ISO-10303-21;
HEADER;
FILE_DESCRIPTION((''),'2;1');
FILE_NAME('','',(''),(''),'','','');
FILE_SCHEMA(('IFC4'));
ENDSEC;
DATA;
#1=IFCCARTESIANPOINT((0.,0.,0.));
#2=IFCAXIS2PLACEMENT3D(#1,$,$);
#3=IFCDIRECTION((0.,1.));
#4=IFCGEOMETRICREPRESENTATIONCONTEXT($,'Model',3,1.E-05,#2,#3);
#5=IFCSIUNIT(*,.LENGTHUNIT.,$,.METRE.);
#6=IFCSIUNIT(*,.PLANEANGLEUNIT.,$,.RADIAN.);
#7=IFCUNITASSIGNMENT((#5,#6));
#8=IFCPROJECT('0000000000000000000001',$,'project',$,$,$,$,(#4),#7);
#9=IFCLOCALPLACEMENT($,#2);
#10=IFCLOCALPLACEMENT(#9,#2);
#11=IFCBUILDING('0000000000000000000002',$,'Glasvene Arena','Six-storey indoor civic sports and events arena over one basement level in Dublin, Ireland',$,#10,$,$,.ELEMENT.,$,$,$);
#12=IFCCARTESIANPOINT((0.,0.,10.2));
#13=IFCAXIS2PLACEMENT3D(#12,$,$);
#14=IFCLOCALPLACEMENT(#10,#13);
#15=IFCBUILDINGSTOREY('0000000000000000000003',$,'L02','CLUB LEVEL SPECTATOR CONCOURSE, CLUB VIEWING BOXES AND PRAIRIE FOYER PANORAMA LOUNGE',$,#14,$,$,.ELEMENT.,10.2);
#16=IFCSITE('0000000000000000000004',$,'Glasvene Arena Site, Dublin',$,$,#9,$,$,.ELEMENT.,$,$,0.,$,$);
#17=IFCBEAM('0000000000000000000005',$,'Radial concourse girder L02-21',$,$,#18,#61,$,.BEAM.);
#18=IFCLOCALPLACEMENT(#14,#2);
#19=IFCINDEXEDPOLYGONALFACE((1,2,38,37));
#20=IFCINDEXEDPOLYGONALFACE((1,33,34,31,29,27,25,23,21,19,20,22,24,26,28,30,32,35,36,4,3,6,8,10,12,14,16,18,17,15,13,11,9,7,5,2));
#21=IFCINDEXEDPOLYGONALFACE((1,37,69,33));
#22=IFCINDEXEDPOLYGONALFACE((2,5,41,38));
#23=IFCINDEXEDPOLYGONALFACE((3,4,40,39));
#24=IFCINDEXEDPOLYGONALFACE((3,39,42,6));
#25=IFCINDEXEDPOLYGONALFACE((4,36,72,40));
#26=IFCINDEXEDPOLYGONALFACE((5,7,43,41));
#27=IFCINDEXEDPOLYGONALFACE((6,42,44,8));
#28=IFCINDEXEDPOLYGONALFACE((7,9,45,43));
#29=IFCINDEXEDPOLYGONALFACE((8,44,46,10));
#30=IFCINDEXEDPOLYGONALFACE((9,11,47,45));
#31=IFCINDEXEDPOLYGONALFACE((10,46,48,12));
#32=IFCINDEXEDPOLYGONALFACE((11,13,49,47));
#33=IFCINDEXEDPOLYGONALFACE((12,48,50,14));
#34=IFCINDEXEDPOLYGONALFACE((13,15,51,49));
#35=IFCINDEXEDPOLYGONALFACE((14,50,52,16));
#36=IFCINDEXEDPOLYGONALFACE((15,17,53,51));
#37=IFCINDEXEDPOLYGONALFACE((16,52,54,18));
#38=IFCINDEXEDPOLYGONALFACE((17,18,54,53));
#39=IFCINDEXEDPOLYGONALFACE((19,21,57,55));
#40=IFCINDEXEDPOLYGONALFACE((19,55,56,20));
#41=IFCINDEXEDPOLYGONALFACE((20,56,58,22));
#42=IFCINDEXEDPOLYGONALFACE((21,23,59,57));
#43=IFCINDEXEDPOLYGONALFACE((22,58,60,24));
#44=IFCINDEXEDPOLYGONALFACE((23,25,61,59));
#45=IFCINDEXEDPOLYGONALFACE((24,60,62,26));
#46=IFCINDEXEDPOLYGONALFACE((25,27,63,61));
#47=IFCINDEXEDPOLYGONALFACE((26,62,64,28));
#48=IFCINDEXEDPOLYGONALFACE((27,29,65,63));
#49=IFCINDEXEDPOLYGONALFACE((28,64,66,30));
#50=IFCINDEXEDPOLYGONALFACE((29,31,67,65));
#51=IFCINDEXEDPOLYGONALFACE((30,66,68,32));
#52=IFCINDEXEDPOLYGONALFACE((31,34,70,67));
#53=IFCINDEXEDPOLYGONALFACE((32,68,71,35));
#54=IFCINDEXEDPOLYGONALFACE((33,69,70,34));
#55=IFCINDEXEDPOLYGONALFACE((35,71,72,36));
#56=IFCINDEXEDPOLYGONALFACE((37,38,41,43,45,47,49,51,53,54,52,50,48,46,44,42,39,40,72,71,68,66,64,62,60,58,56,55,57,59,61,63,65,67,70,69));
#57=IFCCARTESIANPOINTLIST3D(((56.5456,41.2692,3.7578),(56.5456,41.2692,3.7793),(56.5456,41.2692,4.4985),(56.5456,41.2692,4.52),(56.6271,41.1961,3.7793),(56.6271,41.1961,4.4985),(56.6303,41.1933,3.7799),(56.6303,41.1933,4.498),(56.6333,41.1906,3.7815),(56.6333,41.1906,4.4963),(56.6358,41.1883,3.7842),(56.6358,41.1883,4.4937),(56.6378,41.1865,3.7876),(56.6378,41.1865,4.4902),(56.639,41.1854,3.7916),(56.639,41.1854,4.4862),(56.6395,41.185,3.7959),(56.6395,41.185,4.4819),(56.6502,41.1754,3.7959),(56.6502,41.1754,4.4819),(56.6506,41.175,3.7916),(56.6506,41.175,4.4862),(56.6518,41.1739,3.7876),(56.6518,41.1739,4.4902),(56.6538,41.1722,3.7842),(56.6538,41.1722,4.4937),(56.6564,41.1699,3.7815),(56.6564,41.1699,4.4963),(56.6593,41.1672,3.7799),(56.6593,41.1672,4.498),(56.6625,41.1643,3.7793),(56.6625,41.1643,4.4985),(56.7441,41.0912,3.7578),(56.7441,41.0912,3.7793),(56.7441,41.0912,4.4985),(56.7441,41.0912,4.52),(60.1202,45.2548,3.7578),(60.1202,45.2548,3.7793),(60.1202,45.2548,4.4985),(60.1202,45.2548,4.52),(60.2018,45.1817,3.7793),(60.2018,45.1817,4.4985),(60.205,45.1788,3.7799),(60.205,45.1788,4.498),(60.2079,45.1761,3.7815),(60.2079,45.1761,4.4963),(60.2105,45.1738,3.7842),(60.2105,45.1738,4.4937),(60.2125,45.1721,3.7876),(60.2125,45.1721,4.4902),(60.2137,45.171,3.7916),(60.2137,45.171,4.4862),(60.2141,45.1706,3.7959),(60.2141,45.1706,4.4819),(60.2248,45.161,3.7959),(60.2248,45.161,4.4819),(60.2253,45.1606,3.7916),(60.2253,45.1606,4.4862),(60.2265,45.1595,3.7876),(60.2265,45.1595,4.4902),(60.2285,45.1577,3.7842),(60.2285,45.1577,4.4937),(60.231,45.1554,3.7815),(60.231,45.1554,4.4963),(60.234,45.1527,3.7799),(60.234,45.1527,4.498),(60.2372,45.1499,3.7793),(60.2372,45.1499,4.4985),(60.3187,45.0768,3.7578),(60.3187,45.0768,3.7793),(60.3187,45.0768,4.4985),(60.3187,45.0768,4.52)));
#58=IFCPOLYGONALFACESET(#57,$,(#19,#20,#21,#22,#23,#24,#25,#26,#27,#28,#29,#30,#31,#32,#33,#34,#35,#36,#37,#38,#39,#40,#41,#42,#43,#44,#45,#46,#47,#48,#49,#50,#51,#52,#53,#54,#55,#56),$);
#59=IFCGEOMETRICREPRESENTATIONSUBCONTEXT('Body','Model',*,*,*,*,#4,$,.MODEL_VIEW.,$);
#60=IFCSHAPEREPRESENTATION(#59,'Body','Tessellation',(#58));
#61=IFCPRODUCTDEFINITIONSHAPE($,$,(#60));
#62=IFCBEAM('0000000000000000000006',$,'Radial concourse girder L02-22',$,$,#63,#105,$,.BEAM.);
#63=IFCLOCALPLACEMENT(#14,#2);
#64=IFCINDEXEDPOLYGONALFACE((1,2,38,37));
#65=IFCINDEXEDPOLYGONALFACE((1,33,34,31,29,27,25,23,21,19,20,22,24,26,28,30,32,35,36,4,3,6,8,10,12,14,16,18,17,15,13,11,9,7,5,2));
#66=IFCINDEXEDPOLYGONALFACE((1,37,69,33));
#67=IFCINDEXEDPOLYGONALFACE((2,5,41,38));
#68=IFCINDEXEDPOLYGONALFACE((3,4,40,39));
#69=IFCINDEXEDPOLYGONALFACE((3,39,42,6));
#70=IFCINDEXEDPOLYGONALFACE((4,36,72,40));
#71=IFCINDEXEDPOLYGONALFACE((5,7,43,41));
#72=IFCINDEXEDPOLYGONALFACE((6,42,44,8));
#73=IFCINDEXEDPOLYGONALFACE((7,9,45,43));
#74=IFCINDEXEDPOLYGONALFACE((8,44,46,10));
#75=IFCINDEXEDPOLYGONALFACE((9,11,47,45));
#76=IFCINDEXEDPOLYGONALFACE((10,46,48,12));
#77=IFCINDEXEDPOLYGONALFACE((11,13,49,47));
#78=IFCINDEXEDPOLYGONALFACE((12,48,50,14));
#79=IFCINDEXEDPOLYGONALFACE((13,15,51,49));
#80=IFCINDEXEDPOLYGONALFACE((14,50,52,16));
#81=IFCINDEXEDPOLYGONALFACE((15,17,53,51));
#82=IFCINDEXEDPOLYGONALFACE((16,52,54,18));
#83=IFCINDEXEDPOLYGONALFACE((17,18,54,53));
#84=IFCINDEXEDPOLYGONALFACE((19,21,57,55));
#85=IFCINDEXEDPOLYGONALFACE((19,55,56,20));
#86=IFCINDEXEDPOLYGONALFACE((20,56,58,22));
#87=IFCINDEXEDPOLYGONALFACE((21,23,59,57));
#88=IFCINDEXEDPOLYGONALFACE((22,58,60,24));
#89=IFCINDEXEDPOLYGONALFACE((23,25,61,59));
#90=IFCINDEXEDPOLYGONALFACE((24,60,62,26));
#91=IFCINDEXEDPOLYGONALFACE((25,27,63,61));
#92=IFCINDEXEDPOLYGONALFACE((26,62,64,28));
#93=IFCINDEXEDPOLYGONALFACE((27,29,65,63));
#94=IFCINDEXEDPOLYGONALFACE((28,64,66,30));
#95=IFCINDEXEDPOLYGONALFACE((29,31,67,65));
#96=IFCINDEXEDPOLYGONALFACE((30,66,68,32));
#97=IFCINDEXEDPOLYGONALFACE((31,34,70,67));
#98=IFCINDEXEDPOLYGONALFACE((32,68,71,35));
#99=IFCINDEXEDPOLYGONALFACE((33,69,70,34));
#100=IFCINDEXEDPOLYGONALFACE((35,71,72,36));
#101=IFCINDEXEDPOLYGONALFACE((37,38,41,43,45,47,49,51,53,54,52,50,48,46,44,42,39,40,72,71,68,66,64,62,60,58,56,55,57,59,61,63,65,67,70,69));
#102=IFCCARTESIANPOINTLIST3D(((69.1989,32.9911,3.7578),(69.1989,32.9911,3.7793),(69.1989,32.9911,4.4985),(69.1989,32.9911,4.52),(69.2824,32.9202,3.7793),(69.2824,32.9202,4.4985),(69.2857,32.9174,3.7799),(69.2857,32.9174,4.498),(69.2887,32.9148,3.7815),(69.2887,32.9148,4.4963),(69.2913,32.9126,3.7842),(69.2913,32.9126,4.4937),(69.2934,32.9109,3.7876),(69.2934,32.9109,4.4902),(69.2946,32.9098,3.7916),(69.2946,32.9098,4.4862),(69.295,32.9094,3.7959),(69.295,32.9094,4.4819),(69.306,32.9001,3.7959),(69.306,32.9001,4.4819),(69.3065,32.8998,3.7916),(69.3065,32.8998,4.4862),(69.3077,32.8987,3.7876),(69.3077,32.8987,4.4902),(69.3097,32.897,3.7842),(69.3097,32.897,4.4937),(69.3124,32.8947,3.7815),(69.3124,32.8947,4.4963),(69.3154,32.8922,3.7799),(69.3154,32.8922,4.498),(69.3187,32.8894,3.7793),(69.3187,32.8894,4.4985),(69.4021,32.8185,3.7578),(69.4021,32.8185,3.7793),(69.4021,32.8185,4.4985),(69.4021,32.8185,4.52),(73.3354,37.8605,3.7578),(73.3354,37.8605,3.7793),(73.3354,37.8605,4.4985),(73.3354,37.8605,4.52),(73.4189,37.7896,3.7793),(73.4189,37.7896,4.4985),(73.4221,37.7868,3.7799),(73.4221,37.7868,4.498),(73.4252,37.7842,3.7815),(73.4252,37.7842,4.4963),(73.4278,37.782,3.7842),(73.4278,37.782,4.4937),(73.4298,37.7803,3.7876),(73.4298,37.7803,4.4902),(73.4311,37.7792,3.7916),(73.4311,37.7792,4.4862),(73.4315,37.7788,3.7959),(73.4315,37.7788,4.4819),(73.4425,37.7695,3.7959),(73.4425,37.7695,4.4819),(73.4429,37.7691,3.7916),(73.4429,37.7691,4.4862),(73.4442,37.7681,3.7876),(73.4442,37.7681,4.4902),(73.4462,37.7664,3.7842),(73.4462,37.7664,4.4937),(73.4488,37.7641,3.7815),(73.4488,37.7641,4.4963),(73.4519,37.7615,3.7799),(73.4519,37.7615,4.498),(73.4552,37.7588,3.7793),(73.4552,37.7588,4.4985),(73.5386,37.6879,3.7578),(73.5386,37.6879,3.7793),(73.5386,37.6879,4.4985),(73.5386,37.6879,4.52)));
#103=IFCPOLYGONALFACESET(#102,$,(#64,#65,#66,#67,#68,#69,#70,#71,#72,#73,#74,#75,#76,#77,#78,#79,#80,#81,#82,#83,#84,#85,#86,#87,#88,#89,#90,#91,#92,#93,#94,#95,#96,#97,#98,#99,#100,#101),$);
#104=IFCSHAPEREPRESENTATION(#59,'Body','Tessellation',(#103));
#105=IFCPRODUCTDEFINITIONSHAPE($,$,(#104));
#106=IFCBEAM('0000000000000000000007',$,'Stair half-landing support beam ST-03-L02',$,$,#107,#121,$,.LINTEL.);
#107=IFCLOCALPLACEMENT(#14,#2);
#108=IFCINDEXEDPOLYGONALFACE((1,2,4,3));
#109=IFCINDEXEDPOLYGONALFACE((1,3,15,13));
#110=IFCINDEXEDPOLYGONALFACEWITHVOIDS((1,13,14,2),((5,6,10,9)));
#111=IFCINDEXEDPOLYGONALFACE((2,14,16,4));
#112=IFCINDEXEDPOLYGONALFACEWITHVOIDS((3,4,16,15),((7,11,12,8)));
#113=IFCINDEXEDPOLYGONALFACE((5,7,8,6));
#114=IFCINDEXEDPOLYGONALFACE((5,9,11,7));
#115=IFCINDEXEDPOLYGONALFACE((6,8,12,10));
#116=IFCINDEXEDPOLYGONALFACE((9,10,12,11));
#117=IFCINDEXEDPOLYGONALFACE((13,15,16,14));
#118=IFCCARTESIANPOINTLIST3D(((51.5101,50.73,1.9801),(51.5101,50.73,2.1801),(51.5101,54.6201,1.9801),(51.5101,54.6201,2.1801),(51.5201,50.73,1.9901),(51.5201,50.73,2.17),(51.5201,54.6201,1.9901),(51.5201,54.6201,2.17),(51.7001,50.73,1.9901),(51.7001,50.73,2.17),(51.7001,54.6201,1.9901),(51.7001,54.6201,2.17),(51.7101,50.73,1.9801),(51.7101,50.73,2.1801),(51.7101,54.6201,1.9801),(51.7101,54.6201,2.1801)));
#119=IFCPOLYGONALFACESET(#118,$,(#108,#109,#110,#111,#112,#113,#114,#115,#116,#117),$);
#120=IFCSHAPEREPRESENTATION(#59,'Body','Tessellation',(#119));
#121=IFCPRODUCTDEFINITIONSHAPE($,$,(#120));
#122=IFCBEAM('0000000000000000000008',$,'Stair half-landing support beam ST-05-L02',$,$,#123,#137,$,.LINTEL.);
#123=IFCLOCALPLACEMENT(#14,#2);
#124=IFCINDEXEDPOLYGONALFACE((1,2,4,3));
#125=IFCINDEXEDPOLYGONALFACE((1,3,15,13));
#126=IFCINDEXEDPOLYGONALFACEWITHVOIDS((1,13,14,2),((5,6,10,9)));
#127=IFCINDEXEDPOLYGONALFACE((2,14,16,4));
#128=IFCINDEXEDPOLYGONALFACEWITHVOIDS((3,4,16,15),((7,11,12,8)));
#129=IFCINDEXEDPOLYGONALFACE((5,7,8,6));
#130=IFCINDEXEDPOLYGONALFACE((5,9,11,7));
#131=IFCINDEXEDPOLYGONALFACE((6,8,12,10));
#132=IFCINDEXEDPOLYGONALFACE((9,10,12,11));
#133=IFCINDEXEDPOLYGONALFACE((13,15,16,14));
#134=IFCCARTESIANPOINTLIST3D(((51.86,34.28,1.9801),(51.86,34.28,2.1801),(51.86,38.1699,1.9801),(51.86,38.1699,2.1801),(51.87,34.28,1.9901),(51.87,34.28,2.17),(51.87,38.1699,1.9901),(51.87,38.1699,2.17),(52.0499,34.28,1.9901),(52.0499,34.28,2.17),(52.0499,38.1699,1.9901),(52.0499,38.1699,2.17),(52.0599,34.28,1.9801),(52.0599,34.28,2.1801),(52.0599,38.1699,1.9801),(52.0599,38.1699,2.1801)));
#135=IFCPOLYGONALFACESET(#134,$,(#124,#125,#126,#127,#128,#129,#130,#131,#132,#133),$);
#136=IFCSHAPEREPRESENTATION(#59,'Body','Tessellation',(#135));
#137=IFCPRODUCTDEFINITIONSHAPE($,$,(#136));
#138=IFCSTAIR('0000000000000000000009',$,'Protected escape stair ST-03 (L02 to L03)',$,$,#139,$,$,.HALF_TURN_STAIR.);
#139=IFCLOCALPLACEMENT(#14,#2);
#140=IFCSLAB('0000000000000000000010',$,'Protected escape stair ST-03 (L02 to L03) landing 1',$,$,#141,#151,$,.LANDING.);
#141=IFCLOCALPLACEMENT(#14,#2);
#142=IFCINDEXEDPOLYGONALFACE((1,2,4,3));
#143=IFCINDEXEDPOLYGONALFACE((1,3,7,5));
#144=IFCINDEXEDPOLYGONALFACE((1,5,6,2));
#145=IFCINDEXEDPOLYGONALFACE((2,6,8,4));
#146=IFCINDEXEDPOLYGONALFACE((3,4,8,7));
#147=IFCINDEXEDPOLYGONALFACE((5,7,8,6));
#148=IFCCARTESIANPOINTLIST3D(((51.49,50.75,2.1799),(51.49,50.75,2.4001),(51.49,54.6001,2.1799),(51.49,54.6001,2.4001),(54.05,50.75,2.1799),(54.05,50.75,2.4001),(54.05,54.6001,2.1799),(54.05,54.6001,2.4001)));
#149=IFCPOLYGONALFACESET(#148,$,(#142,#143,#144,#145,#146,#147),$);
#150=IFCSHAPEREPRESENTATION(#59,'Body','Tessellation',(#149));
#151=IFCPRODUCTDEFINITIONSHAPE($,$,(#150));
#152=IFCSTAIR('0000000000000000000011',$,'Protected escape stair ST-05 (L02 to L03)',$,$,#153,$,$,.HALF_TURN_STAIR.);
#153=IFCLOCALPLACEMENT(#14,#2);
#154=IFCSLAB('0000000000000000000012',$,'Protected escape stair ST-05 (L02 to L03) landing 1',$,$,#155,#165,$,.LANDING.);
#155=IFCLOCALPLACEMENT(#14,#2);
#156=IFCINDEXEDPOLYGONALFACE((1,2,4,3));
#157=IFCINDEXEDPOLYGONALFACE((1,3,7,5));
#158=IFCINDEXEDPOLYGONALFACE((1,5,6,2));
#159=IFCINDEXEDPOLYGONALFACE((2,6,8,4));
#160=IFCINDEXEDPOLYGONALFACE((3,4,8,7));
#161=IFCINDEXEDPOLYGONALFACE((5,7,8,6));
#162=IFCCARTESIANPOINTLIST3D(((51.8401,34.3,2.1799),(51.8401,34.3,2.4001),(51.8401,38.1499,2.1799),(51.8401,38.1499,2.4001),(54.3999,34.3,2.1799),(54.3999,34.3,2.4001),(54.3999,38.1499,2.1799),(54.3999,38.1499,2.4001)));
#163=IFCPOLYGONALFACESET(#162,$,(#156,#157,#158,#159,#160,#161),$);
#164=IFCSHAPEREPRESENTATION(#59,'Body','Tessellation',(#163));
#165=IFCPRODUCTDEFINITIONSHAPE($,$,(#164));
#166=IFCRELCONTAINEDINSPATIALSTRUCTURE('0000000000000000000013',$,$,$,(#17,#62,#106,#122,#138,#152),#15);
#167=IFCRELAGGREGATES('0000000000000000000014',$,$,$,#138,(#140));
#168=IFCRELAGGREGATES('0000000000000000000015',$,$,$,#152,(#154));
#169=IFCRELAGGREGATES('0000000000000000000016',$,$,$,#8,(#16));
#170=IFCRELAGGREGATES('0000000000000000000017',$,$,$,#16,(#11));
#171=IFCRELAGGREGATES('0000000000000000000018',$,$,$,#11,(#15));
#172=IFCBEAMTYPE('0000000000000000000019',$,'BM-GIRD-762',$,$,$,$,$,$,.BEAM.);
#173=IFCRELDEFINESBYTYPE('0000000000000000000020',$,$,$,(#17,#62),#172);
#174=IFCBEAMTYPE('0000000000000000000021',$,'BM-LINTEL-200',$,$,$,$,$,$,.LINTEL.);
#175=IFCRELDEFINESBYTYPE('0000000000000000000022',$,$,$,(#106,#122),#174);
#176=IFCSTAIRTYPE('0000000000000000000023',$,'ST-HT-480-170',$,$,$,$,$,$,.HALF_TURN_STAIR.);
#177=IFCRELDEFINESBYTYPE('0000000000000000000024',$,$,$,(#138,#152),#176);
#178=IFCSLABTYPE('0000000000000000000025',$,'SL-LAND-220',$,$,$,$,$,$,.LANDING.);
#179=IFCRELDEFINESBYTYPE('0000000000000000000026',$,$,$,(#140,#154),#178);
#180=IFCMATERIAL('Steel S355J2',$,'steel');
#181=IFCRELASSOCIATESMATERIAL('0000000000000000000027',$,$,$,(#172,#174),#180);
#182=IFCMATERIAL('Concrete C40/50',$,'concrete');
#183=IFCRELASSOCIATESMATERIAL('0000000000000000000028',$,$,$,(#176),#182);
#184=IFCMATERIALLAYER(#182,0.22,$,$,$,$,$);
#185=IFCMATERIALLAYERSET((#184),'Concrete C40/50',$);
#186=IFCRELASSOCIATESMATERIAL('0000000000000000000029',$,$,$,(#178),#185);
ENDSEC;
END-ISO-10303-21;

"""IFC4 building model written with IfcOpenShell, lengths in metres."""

from ifc_helpers import new_model, si_unit, direction, frame, origin, origin_2d, place, context, subcontext, project, spatial, polyline, hollow_rectangle, i_section, outline, extrude, material, layer, layer_set, material_profile, profile_set, type_object, element, aggregate, save


model = new_model("IFC4")

# Units and contexts
model_context = context("Model", 3, precision=1e-05, world=origin(), true_north=direction((0.0, 1.0)))
body_context = subcontext(model_context, "Body", "Model", "MODEL_VIEW")
ifc_project = project(units=[si_unit("LENGTHUNIT", "METRE"), si_unit("PLANEANGLEUNIT", "RADIAN")], contexts=[model_context])

# Site, building, storey
site_placement = place(None, origin())
site = spatial("IfcSite", under=ifc_project, at=site_placement, Name="Glasvene Arena Site, Dublin", CompositionType="ELEMENT", RefElevation=0.0)
building_placement = place(site_placement, origin())
building = spatial("IfcBuilding", under=site, at=building_placement, Name="Glasvene Arena", Description="Six-storey indoor civic sports and events arena over one basement level in Dublin, Ireland", CompositionType="ELEMENT")
storey_placement = place(building_placement, frame((0.0, 0.0, 10.2)))
storey = spatial("IfcBuildingStorey", under=building, at=storey_placement, Name="L02", Description="CLUB LEVEL SPECTATOR CONCOURSE, CLUB VIEWING BOXES AND PRAIRIE FOYER PANORAMA LOUNGE", CompositionType="ELEMENT", Elevation=10.2)

# Shared definitions
ifc_material_1 = material(Name="Concrete C40/50", Category="concrete")
ifc_material_2 = material(Name="Steel S355J2", Category="steel")

# Beams
ifc_material_profile_1 = material_profile(ifc_material_2, i_section(OverallWidth=0.2666, OverallDepth=0.7622, WebThickness=0.0144, FlangeThickness=0.0215, FilletRadius=0.0166, at=origin_2d()), Name="UKB 762x267x173")
ifc_profile_set_1 = profile_set([ifc_material_profile_1], Name="Steel S355J2")
beam_type_1 = type_object("IfcBeamType", Name="BM-GIRD-762", PredefinedType="BEAM", material=ifc_profile_set_1)
beam_1_placement = place(storey_placement, frame((60.2195, 45.1658, 4.1389), z_axis=(-0.667691, -0.744438, 0.0), x_axis=(0.744438, -0.667691, 0.0)))
element("IfcBeam", 1, at=beam_1_placement, inside=storey, type_object=beam_type_1, Name="Radial concourse girder L02-21", PredefinedType="BEAM", context=body_context, shape_type="SweptSolid", body=[
    extrude(i_section(OverallWidth=0.2666, OverallDepth=0.7622, WebThickness=0.0144, FlangeThickness=0.0215, FilletRadius=0.0166, at=origin_2d()), origin(), (0.0, 0.0, 1.0), 5.3538),
])
beam_2_placement = place(storey_placement, frame((73.437, 37.7742, 4.1389), z_axis=(-0.647421, -0.762133, 0.0), x_axis=(0.762133, -0.647421, 0.0)))
element("IfcBeam", 2, at=beam_2_placement, inside=storey, type_object=beam_type_1, Name="Radial concourse girder L02-22", PredefinedType="BEAM", context=body_context, shape_type="SweptSolid", body=[
    extrude(i_section(OverallWidth=0.2666, OverallDepth=0.7622, WebThickness=0.0144, FlangeThickness=0.0215, FilletRadius=0.0166, at=origin_2d()), origin(), (0.0, 0.0, 1.0), 6.3892),
])
ifc_material_profile_2 = material_profile(ifc_material_2, hollow_rectangle(XDim=0.2, YDim=0.2, WallThickness=0.01, at=origin_2d()), Name="SHS 200x200x10.0")
ifc_profile_set_2 = profile_set([ifc_material_profile_2], Name="Steel S355J2")
beam_type_2 = type_object("IfcBeamType", Name="BM-LINTEL-200", PredefinedType="LINTEL", material=ifc_profile_set_2)
beam_3_placement = place(storey_placement, frame((51.6101, 50.73, 2.0801), z_axis=(0.0, 1.0, 0.0), x_axis=(-1.0, 0.0, 0.0)))
element("IfcBeam", 3, at=beam_3_placement, inside=storey, type_object=beam_type_2, Name="Stair half-landing support beam ST-03-L02", PredefinedType="LINTEL", context=body_context, shape_type="SweptSolid", body=[
    extrude(hollow_rectangle(XDim=0.2, YDim=0.2, WallThickness=0.01, at=origin_2d()), origin(), (0.0, 0.0, 1.0), 3.8901),
])
beam_4_placement = place(storey_placement, frame((51.96, 34.28, 2.0801), z_axis=(0.0, 1.0, 0.0), x_axis=(-1.0, 0.0, 0.0)))
element("IfcBeam", 4, at=beam_4_placement, inside=storey, type_object=beam_type_2, Name="Stair half-landing support beam ST-05-L02", PredefinedType="LINTEL", context=body_context, shape_type="SweptSolid", body=[
    extrude(hollow_rectangle(XDim=0.2, YDim=0.2, WallThickness=0.01, at=origin_2d()), origin(), (0.0, 0.0, 1.0), 3.8899),
])

# Stairs, slabs
stair_type = type_object("IfcStairType", Name="ST-HT-480-170", PredefinedType="HALF_TURN_STAIR", material=ifc_material_1)
stair_1_placement = place(storey_placement, origin())
stair_1 = element("IfcStair", 5, at=stair_1_placement, inside=storey, type_object=stair_type, Name="Protected escape stair ST-03 (L02 to L03)", PredefinedType="HALF_TURN_STAIR")
ifc_layer_1 = layer(ifc_material_1, 0.22)
ifc_layer_set_1 = layer_set([ifc_layer_1], Name="Concrete C40/50")
slab_type_1 = type_object("IfcSlabType", Name="SL-LAND-220", PredefinedType="LANDING", material=ifc_layer_set_1)
slab_1_placement = place(storey_placement, frame((52.77, 52.675, 2.1799)))
slab_1 = element("IfcSlab", 6, at=slab_1_placement, type_object=slab_type_1, Name="Protected escape stair ST-03 (L02 to L03) landing 1", PredefinedType="LANDING", context=body_context, shape_type="SweptSolid", body=[
    extrude(outline(polyline([(-1.28, -1.925), (1.28, -1.925), (1.28, 1.925), (-1.28, 1.925), (-1.28, -1.925)])), origin(), (0.0, 0.0, 1.0), 0.2202),
])
stair_2_placement = place(storey_placement, origin())
stair_2 = element("IfcStair", 7, at=stair_2_placement, inside=storey, type_object=stair_type, Name="Protected escape stair ST-05 (L02 to L03)", PredefinedType="HALF_TURN_STAIR")
slab_2_placement = place(storey_placement, frame((53.1201, 36.2251, 2.1799)))
slab_2 = element("IfcSlab", 8, at=slab_2_placement, type_object=slab_type_1, Name="Protected escape stair ST-05 (L02 to L03) landing 1", PredefinedType="LANDING", context=body_context, shape_type="SweptSolid", body=[
    extrude(outline(polyline([(-1.28, -1.925), (1.2798, -1.925), (1.2798, 1.9248), (-1.28, 1.9248), (-1.28, -1.925)])), origin(), (0.0, 0.0, 1.0), 0.2202),
])

aggregate(stair_1, [slab_1])
aggregate(stair_2, [slab_2])

save(model, "model.ifc")
